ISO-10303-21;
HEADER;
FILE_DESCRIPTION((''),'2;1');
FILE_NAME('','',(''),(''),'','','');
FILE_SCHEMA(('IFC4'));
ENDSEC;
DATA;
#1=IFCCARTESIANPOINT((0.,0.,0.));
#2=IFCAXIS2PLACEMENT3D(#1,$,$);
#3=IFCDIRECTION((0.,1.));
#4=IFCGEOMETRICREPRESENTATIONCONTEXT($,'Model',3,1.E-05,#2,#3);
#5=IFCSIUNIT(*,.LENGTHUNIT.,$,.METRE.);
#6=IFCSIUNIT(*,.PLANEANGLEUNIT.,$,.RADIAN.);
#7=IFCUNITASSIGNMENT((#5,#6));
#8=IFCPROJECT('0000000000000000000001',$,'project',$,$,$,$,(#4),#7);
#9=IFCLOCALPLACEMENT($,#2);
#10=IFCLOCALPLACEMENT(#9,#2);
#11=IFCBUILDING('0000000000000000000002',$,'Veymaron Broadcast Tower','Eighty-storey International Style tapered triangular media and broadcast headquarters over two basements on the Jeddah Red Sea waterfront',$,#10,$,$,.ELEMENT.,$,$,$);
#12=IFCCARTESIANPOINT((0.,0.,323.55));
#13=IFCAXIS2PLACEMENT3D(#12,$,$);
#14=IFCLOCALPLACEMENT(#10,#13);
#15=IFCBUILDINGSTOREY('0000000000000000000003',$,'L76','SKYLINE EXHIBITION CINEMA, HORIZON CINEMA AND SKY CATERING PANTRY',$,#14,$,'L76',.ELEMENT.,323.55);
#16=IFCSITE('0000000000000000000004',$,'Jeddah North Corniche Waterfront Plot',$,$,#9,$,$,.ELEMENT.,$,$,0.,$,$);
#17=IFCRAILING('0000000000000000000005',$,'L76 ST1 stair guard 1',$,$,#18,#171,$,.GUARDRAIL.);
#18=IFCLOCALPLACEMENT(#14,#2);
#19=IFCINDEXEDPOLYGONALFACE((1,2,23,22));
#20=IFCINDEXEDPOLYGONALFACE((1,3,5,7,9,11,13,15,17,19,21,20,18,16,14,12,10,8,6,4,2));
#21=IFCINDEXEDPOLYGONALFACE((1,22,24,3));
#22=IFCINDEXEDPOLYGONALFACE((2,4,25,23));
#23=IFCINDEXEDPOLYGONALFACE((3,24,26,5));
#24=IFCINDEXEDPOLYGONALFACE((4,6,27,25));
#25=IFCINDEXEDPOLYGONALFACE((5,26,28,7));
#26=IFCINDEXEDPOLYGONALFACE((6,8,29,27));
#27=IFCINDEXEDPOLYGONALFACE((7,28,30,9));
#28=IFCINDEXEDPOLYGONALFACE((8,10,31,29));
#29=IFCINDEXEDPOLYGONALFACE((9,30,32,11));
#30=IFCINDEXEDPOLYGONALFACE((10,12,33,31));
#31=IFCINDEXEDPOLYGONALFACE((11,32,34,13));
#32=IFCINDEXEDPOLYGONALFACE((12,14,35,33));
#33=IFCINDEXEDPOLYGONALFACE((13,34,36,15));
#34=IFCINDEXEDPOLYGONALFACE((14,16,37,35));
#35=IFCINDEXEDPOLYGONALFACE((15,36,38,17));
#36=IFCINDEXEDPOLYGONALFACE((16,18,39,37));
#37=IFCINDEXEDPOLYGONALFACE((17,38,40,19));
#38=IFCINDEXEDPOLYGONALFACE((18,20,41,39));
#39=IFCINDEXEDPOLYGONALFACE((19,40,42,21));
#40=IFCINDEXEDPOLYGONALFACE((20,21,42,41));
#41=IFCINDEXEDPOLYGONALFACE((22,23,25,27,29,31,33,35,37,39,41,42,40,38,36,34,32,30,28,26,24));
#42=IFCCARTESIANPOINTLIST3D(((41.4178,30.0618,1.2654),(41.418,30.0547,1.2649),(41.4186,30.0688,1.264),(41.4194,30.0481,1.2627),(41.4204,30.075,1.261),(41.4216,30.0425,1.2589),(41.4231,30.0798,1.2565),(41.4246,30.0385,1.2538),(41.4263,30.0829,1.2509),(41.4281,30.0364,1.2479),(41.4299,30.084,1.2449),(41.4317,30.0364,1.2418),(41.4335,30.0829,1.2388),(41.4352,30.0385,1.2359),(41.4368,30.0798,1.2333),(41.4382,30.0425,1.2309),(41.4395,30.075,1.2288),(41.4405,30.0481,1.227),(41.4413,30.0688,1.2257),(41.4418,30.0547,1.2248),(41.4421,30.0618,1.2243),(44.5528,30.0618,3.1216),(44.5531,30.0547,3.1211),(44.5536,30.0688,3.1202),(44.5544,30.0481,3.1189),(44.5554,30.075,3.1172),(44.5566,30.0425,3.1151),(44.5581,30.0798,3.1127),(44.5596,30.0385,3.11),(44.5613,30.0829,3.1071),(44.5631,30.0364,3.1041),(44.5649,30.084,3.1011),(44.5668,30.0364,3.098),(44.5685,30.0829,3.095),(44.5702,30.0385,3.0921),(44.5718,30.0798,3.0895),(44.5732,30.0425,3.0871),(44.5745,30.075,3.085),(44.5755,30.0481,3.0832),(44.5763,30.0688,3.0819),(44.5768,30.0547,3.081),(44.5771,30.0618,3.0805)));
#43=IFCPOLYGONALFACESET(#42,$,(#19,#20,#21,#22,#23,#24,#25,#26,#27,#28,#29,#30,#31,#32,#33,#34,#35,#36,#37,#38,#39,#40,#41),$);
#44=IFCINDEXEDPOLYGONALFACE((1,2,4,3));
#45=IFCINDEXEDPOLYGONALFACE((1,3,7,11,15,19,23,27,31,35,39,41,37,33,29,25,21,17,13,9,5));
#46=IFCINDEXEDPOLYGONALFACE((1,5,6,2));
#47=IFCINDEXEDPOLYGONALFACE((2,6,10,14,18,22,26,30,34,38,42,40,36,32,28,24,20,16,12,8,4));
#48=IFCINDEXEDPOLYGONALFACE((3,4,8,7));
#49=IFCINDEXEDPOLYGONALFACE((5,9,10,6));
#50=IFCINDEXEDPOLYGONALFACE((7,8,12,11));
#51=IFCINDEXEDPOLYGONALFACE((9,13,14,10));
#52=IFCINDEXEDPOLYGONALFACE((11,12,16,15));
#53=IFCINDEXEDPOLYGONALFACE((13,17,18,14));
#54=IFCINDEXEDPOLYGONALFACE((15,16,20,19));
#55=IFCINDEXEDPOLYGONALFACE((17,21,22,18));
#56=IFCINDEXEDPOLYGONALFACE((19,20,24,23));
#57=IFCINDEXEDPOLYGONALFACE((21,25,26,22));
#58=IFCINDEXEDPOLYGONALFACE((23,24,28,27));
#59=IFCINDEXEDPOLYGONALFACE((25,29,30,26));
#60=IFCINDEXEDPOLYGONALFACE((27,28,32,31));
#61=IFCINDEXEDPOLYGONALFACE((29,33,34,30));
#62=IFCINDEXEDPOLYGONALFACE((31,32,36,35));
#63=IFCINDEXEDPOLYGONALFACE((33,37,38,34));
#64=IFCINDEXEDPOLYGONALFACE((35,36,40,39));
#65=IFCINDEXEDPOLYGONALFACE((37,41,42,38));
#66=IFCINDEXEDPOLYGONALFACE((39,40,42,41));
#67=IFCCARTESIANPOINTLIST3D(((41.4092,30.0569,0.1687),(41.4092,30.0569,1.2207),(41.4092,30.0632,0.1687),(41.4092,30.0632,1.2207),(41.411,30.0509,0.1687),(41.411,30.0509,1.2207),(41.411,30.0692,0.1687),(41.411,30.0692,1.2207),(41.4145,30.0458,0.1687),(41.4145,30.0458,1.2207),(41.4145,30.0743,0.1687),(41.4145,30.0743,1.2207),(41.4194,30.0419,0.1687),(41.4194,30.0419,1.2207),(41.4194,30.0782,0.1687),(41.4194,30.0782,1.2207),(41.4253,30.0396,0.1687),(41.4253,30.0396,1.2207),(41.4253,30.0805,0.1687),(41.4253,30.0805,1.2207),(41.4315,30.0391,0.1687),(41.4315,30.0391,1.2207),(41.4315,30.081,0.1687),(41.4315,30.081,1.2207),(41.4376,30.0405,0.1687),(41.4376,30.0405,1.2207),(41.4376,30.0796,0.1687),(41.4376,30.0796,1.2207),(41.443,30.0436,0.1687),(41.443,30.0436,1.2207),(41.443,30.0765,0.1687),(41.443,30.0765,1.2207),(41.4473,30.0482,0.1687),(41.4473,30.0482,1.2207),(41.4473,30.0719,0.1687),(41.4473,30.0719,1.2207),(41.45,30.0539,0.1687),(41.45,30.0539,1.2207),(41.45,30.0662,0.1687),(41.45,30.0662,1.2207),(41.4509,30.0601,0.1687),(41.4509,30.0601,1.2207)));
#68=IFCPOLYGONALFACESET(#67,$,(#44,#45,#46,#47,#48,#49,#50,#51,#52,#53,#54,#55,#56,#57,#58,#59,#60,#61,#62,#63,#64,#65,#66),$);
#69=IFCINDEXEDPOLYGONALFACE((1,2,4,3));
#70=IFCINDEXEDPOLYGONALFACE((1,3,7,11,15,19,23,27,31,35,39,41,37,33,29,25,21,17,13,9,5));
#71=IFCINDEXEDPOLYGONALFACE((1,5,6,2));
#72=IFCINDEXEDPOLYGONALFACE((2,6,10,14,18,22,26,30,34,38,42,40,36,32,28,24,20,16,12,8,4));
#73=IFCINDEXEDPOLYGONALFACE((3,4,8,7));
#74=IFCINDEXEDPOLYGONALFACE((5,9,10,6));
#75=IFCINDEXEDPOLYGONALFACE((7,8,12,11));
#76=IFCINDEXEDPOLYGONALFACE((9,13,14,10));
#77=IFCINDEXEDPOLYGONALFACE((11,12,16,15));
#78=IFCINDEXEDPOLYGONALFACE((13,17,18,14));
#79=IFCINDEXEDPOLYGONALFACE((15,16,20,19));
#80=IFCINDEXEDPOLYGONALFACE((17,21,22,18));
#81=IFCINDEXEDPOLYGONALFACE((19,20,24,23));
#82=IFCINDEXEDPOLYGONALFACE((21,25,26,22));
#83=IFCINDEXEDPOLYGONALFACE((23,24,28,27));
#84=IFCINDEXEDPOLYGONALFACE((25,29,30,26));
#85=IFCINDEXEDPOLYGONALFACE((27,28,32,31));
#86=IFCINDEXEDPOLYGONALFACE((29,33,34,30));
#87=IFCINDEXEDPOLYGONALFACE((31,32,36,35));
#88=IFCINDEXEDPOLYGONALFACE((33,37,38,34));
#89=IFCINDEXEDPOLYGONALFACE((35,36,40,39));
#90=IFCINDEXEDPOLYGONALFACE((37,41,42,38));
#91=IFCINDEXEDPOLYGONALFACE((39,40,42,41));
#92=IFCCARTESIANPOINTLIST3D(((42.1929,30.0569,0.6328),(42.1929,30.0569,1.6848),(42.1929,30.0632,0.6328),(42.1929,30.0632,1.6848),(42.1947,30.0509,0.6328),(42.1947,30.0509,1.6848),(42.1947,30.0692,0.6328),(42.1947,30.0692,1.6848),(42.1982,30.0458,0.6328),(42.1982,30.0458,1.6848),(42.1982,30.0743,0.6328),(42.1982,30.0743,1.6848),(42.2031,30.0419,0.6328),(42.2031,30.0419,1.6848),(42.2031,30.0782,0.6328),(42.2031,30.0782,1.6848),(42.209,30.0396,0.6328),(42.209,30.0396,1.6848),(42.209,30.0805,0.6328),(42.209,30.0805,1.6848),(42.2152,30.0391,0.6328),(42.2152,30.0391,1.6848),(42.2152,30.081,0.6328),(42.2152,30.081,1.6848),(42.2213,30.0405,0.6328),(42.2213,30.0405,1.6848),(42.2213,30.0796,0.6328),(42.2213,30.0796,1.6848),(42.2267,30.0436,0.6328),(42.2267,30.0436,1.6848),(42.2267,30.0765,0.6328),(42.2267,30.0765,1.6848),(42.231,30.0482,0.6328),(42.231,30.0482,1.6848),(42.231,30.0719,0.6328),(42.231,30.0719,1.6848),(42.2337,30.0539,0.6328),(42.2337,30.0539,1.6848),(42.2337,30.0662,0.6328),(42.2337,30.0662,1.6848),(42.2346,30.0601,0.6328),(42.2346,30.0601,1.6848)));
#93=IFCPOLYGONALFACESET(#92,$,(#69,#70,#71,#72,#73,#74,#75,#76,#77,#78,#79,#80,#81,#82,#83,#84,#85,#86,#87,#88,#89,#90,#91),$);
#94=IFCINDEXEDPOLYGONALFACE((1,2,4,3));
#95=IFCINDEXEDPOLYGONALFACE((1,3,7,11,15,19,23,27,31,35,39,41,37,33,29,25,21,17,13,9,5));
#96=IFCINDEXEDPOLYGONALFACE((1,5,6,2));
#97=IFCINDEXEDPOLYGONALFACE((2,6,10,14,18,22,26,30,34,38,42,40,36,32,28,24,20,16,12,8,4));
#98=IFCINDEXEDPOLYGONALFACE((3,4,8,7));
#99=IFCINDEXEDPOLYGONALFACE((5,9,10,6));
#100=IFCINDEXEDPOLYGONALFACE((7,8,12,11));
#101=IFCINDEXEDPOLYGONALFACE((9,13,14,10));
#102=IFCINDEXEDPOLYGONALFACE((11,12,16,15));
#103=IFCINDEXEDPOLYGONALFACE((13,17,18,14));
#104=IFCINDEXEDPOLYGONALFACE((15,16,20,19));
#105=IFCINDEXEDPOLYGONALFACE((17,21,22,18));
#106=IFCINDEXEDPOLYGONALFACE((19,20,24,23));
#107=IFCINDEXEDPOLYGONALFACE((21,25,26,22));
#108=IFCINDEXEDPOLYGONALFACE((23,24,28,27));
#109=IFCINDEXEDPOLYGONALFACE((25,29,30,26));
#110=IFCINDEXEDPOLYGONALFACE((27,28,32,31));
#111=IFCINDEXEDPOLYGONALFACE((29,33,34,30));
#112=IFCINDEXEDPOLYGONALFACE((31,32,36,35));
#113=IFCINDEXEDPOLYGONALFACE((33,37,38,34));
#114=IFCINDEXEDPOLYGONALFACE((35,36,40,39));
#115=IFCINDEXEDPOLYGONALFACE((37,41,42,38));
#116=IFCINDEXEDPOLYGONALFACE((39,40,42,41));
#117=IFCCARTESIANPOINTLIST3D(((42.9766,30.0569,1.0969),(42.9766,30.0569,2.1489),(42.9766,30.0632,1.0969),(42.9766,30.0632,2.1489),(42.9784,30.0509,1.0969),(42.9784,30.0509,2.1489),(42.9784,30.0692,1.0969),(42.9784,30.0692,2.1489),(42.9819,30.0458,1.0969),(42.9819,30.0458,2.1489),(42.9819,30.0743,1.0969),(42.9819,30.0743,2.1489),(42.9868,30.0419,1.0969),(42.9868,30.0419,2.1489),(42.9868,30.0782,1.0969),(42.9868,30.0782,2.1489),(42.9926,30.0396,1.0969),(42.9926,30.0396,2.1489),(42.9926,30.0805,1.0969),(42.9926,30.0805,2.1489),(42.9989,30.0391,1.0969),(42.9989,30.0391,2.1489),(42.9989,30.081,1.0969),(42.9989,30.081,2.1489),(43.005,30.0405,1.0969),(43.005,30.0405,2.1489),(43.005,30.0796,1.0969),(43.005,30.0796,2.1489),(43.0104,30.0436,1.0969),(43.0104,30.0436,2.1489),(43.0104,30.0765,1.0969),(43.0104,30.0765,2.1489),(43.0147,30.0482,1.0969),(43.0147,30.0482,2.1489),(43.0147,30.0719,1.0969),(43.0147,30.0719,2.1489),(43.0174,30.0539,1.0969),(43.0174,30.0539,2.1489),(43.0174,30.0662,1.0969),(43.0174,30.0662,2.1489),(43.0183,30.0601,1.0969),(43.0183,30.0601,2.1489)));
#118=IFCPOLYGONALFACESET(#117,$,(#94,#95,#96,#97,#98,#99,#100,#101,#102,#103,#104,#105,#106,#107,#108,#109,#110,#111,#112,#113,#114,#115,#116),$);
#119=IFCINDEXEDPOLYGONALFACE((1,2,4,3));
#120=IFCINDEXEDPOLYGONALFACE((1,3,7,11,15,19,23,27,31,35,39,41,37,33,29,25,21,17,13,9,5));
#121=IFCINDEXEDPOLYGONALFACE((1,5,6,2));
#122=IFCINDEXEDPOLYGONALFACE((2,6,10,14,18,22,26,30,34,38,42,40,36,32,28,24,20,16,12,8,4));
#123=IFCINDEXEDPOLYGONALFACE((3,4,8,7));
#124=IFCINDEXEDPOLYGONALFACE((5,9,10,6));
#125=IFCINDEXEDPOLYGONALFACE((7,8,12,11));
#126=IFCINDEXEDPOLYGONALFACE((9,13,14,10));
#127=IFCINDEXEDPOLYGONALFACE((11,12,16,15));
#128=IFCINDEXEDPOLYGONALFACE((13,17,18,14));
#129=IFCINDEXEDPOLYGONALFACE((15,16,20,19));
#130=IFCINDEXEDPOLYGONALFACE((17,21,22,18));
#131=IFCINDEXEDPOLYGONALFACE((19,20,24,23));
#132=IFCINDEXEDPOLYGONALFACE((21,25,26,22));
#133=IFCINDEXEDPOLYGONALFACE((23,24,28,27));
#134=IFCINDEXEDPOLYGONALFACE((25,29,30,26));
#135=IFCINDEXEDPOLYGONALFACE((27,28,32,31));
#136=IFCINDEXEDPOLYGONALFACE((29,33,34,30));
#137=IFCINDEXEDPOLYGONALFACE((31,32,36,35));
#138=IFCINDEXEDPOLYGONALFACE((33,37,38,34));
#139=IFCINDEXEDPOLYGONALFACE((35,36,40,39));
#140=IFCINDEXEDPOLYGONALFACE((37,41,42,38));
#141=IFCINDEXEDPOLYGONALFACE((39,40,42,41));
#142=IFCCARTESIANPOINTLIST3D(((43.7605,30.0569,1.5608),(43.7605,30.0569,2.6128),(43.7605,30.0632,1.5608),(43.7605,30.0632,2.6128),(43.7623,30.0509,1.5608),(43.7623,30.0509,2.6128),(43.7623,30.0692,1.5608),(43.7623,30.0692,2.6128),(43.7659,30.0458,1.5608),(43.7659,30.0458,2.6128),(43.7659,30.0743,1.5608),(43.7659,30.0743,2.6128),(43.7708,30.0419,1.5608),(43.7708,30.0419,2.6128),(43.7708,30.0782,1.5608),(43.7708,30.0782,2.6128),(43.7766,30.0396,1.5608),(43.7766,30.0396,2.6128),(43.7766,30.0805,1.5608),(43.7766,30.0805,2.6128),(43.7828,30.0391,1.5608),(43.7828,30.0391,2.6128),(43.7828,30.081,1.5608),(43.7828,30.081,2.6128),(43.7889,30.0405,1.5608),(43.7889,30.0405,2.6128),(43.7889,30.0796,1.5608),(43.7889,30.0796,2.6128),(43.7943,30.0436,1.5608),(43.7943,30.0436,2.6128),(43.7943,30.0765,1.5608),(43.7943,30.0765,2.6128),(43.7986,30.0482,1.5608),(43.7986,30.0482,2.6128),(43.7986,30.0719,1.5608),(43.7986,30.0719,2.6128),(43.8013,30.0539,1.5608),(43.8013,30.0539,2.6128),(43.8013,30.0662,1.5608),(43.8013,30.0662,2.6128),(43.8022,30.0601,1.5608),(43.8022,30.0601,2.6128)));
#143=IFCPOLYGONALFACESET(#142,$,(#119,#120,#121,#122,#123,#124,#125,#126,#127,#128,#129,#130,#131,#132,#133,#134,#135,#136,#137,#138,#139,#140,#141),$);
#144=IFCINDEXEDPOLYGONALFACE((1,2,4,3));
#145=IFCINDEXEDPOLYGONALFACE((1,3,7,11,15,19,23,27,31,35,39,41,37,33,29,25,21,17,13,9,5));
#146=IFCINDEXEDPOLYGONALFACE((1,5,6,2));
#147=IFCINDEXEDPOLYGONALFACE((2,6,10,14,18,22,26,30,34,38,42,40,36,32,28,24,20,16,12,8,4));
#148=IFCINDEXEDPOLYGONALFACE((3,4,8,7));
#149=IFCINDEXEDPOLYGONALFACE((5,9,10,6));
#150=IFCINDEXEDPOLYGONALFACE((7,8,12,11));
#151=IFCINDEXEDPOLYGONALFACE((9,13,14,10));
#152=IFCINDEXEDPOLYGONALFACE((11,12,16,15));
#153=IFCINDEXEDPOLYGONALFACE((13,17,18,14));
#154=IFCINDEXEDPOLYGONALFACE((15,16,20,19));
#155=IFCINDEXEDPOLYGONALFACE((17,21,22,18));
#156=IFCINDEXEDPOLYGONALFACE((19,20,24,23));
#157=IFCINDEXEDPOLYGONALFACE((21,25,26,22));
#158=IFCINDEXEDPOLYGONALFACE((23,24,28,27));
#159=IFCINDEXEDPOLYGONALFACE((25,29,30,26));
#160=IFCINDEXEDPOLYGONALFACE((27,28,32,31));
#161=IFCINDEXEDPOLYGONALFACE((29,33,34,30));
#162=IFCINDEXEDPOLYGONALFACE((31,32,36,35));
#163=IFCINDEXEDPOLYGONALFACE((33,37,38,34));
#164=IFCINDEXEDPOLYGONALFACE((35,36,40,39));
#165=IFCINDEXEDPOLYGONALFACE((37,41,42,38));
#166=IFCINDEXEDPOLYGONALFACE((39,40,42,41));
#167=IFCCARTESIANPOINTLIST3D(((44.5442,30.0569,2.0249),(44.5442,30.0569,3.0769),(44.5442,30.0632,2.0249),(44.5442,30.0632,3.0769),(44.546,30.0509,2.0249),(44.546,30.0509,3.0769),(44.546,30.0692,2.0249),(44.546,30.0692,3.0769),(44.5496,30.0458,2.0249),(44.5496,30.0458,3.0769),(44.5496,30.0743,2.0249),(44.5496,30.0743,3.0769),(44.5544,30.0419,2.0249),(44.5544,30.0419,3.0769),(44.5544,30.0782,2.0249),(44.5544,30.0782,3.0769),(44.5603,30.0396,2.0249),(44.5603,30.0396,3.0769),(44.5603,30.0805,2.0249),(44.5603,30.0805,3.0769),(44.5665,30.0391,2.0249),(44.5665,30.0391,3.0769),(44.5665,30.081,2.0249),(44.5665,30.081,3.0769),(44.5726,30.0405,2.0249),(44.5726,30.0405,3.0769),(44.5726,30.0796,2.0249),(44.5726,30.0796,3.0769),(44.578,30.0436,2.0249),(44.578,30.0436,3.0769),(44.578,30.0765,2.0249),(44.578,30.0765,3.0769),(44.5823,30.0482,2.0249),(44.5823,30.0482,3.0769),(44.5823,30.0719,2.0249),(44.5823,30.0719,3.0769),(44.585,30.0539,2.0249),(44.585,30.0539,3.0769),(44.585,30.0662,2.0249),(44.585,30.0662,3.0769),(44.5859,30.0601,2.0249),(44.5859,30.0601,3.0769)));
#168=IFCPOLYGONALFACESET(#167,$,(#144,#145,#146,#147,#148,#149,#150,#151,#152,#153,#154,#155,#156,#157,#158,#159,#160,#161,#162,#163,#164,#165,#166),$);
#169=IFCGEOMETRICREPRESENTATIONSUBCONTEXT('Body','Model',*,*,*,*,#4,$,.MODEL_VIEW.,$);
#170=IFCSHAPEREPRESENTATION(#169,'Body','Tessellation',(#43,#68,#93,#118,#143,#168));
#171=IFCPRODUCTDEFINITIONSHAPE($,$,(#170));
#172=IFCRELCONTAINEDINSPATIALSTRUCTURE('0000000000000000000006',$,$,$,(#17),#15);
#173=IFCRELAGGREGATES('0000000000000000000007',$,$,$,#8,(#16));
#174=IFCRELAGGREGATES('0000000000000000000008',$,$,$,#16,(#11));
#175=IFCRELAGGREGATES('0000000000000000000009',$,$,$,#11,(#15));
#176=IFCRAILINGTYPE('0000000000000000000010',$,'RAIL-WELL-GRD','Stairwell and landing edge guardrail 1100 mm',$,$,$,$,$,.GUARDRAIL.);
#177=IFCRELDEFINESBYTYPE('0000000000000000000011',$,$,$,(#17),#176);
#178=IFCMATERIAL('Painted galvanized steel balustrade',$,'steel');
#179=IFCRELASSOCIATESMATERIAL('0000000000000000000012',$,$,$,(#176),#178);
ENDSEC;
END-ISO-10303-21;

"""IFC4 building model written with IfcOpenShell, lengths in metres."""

from ifc_helpers import new_model, si_unit, direction, frame, origin, origin_2d, place, context, subcontext, project, spatial, circle, extrude, material, type_object, element, save


model = new_model("IFC4")

# Units and contexts
model_context = context("Model", 3, precision=1e-05, world=origin(), true_north=direction((0.0, 1.0)))
body_context = subcontext(model_context, "Body", "Model", "MODEL_VIEW")
ifc_project = project(units=[si_unit("LENGTHUNIT", "METRE"), si_unit("PLANEANGLEUNIT", "RADIAN")], contexts=[model_context])

# Site, building, storey
site_placement = place(None, origin())
site = spatial("IfcSite", under=ifc_project, at=site_placement, Name="Jeddah North Corniche Waterfront Plot", CompositionType="ELEMENT", RefElevation=0.0)
building_placement = place(site_placement, origin())
building = spatial("IfcBuilding", under=site, at=building_placement, Name="Veymaron Broadcast Tower", Description="Eighty-storey International Style tapered triangular media and broadcast headquarters over two basements on the Jeddah Red Sea waterfront", CompositionType="ELEMENT")
storey_placement = place(building_placement, frame((0.0, 0.0, 323.55)))
storey = spatial("IfcBuildingStorey", under=building, at=storey_placement, Name="L76", Description="SKYLINE EXHIBITION CINEMA, HORIZON CINEMA AND SKY CATERING PANTRY", LongName="L76", CompositionType="ELEMENT", Elevation=323.55)

# Railing
ifc_material_1 = material(Name="Painted galvanized steel balustrade", Category="steel")
railing_type_1 = type_object("IfcRailingType", Name="RAIL-WELL-GRD", Description="Stairwell and landing edge guardrail 1100 mm", PredefinedType="GUARDRAIL", material=ifc_material_1)
railing_1_placement = place(storey_placement, frame((41.4299, 30.0601, 0.1687)))
element("IfcRailing", 1, at=railing_1_placement, inside=storey, type_object=railing_type_1, Name="L76 ST1 stair guard 1", PredefinedType="GUARDRAIL", context=body_context, shape_type="SweptSolid", body=[
    extrude(circle(Radius=0.0239, at=origin_2d()), frame((0.0, 0.0, 1.0762), z_axis=(0.860482, 0.0, 0.509481), x_axis=(0.0, 1.0, 0.0)), (0.0, 0.0, 1.0), 3.6433),
    extrude(circle(Radius=0.021, at=origin_2d()), origin(), (0.0, 0.0, 1.0), 1.052),
    extrude(circle(Radius=0.021, at=origin_2d()), frame((0.7837, 0.0, 0.4641)), (0.0, 0.0, 1.0), 1.052),
    extrude(circle(Radius=0.021, at=origin_2d()), frame((1.5674, 0.0, 0.9282)), (0.0, 0.0, 1.0), 1.052),
    extrude(circle(Radius=0.021, at=origin_2d()), frame((2.3513, 0.0, 1.3921)), (0.0, 0.0, 1.0), 1.052),
    extrude(circle(Radius=0.021, at=origin_2d()), frame((3.135, 0.0, 1.8562)), (0.0, 0.0, 1.0), 1.052),
])

save(model, "model.ifc")
